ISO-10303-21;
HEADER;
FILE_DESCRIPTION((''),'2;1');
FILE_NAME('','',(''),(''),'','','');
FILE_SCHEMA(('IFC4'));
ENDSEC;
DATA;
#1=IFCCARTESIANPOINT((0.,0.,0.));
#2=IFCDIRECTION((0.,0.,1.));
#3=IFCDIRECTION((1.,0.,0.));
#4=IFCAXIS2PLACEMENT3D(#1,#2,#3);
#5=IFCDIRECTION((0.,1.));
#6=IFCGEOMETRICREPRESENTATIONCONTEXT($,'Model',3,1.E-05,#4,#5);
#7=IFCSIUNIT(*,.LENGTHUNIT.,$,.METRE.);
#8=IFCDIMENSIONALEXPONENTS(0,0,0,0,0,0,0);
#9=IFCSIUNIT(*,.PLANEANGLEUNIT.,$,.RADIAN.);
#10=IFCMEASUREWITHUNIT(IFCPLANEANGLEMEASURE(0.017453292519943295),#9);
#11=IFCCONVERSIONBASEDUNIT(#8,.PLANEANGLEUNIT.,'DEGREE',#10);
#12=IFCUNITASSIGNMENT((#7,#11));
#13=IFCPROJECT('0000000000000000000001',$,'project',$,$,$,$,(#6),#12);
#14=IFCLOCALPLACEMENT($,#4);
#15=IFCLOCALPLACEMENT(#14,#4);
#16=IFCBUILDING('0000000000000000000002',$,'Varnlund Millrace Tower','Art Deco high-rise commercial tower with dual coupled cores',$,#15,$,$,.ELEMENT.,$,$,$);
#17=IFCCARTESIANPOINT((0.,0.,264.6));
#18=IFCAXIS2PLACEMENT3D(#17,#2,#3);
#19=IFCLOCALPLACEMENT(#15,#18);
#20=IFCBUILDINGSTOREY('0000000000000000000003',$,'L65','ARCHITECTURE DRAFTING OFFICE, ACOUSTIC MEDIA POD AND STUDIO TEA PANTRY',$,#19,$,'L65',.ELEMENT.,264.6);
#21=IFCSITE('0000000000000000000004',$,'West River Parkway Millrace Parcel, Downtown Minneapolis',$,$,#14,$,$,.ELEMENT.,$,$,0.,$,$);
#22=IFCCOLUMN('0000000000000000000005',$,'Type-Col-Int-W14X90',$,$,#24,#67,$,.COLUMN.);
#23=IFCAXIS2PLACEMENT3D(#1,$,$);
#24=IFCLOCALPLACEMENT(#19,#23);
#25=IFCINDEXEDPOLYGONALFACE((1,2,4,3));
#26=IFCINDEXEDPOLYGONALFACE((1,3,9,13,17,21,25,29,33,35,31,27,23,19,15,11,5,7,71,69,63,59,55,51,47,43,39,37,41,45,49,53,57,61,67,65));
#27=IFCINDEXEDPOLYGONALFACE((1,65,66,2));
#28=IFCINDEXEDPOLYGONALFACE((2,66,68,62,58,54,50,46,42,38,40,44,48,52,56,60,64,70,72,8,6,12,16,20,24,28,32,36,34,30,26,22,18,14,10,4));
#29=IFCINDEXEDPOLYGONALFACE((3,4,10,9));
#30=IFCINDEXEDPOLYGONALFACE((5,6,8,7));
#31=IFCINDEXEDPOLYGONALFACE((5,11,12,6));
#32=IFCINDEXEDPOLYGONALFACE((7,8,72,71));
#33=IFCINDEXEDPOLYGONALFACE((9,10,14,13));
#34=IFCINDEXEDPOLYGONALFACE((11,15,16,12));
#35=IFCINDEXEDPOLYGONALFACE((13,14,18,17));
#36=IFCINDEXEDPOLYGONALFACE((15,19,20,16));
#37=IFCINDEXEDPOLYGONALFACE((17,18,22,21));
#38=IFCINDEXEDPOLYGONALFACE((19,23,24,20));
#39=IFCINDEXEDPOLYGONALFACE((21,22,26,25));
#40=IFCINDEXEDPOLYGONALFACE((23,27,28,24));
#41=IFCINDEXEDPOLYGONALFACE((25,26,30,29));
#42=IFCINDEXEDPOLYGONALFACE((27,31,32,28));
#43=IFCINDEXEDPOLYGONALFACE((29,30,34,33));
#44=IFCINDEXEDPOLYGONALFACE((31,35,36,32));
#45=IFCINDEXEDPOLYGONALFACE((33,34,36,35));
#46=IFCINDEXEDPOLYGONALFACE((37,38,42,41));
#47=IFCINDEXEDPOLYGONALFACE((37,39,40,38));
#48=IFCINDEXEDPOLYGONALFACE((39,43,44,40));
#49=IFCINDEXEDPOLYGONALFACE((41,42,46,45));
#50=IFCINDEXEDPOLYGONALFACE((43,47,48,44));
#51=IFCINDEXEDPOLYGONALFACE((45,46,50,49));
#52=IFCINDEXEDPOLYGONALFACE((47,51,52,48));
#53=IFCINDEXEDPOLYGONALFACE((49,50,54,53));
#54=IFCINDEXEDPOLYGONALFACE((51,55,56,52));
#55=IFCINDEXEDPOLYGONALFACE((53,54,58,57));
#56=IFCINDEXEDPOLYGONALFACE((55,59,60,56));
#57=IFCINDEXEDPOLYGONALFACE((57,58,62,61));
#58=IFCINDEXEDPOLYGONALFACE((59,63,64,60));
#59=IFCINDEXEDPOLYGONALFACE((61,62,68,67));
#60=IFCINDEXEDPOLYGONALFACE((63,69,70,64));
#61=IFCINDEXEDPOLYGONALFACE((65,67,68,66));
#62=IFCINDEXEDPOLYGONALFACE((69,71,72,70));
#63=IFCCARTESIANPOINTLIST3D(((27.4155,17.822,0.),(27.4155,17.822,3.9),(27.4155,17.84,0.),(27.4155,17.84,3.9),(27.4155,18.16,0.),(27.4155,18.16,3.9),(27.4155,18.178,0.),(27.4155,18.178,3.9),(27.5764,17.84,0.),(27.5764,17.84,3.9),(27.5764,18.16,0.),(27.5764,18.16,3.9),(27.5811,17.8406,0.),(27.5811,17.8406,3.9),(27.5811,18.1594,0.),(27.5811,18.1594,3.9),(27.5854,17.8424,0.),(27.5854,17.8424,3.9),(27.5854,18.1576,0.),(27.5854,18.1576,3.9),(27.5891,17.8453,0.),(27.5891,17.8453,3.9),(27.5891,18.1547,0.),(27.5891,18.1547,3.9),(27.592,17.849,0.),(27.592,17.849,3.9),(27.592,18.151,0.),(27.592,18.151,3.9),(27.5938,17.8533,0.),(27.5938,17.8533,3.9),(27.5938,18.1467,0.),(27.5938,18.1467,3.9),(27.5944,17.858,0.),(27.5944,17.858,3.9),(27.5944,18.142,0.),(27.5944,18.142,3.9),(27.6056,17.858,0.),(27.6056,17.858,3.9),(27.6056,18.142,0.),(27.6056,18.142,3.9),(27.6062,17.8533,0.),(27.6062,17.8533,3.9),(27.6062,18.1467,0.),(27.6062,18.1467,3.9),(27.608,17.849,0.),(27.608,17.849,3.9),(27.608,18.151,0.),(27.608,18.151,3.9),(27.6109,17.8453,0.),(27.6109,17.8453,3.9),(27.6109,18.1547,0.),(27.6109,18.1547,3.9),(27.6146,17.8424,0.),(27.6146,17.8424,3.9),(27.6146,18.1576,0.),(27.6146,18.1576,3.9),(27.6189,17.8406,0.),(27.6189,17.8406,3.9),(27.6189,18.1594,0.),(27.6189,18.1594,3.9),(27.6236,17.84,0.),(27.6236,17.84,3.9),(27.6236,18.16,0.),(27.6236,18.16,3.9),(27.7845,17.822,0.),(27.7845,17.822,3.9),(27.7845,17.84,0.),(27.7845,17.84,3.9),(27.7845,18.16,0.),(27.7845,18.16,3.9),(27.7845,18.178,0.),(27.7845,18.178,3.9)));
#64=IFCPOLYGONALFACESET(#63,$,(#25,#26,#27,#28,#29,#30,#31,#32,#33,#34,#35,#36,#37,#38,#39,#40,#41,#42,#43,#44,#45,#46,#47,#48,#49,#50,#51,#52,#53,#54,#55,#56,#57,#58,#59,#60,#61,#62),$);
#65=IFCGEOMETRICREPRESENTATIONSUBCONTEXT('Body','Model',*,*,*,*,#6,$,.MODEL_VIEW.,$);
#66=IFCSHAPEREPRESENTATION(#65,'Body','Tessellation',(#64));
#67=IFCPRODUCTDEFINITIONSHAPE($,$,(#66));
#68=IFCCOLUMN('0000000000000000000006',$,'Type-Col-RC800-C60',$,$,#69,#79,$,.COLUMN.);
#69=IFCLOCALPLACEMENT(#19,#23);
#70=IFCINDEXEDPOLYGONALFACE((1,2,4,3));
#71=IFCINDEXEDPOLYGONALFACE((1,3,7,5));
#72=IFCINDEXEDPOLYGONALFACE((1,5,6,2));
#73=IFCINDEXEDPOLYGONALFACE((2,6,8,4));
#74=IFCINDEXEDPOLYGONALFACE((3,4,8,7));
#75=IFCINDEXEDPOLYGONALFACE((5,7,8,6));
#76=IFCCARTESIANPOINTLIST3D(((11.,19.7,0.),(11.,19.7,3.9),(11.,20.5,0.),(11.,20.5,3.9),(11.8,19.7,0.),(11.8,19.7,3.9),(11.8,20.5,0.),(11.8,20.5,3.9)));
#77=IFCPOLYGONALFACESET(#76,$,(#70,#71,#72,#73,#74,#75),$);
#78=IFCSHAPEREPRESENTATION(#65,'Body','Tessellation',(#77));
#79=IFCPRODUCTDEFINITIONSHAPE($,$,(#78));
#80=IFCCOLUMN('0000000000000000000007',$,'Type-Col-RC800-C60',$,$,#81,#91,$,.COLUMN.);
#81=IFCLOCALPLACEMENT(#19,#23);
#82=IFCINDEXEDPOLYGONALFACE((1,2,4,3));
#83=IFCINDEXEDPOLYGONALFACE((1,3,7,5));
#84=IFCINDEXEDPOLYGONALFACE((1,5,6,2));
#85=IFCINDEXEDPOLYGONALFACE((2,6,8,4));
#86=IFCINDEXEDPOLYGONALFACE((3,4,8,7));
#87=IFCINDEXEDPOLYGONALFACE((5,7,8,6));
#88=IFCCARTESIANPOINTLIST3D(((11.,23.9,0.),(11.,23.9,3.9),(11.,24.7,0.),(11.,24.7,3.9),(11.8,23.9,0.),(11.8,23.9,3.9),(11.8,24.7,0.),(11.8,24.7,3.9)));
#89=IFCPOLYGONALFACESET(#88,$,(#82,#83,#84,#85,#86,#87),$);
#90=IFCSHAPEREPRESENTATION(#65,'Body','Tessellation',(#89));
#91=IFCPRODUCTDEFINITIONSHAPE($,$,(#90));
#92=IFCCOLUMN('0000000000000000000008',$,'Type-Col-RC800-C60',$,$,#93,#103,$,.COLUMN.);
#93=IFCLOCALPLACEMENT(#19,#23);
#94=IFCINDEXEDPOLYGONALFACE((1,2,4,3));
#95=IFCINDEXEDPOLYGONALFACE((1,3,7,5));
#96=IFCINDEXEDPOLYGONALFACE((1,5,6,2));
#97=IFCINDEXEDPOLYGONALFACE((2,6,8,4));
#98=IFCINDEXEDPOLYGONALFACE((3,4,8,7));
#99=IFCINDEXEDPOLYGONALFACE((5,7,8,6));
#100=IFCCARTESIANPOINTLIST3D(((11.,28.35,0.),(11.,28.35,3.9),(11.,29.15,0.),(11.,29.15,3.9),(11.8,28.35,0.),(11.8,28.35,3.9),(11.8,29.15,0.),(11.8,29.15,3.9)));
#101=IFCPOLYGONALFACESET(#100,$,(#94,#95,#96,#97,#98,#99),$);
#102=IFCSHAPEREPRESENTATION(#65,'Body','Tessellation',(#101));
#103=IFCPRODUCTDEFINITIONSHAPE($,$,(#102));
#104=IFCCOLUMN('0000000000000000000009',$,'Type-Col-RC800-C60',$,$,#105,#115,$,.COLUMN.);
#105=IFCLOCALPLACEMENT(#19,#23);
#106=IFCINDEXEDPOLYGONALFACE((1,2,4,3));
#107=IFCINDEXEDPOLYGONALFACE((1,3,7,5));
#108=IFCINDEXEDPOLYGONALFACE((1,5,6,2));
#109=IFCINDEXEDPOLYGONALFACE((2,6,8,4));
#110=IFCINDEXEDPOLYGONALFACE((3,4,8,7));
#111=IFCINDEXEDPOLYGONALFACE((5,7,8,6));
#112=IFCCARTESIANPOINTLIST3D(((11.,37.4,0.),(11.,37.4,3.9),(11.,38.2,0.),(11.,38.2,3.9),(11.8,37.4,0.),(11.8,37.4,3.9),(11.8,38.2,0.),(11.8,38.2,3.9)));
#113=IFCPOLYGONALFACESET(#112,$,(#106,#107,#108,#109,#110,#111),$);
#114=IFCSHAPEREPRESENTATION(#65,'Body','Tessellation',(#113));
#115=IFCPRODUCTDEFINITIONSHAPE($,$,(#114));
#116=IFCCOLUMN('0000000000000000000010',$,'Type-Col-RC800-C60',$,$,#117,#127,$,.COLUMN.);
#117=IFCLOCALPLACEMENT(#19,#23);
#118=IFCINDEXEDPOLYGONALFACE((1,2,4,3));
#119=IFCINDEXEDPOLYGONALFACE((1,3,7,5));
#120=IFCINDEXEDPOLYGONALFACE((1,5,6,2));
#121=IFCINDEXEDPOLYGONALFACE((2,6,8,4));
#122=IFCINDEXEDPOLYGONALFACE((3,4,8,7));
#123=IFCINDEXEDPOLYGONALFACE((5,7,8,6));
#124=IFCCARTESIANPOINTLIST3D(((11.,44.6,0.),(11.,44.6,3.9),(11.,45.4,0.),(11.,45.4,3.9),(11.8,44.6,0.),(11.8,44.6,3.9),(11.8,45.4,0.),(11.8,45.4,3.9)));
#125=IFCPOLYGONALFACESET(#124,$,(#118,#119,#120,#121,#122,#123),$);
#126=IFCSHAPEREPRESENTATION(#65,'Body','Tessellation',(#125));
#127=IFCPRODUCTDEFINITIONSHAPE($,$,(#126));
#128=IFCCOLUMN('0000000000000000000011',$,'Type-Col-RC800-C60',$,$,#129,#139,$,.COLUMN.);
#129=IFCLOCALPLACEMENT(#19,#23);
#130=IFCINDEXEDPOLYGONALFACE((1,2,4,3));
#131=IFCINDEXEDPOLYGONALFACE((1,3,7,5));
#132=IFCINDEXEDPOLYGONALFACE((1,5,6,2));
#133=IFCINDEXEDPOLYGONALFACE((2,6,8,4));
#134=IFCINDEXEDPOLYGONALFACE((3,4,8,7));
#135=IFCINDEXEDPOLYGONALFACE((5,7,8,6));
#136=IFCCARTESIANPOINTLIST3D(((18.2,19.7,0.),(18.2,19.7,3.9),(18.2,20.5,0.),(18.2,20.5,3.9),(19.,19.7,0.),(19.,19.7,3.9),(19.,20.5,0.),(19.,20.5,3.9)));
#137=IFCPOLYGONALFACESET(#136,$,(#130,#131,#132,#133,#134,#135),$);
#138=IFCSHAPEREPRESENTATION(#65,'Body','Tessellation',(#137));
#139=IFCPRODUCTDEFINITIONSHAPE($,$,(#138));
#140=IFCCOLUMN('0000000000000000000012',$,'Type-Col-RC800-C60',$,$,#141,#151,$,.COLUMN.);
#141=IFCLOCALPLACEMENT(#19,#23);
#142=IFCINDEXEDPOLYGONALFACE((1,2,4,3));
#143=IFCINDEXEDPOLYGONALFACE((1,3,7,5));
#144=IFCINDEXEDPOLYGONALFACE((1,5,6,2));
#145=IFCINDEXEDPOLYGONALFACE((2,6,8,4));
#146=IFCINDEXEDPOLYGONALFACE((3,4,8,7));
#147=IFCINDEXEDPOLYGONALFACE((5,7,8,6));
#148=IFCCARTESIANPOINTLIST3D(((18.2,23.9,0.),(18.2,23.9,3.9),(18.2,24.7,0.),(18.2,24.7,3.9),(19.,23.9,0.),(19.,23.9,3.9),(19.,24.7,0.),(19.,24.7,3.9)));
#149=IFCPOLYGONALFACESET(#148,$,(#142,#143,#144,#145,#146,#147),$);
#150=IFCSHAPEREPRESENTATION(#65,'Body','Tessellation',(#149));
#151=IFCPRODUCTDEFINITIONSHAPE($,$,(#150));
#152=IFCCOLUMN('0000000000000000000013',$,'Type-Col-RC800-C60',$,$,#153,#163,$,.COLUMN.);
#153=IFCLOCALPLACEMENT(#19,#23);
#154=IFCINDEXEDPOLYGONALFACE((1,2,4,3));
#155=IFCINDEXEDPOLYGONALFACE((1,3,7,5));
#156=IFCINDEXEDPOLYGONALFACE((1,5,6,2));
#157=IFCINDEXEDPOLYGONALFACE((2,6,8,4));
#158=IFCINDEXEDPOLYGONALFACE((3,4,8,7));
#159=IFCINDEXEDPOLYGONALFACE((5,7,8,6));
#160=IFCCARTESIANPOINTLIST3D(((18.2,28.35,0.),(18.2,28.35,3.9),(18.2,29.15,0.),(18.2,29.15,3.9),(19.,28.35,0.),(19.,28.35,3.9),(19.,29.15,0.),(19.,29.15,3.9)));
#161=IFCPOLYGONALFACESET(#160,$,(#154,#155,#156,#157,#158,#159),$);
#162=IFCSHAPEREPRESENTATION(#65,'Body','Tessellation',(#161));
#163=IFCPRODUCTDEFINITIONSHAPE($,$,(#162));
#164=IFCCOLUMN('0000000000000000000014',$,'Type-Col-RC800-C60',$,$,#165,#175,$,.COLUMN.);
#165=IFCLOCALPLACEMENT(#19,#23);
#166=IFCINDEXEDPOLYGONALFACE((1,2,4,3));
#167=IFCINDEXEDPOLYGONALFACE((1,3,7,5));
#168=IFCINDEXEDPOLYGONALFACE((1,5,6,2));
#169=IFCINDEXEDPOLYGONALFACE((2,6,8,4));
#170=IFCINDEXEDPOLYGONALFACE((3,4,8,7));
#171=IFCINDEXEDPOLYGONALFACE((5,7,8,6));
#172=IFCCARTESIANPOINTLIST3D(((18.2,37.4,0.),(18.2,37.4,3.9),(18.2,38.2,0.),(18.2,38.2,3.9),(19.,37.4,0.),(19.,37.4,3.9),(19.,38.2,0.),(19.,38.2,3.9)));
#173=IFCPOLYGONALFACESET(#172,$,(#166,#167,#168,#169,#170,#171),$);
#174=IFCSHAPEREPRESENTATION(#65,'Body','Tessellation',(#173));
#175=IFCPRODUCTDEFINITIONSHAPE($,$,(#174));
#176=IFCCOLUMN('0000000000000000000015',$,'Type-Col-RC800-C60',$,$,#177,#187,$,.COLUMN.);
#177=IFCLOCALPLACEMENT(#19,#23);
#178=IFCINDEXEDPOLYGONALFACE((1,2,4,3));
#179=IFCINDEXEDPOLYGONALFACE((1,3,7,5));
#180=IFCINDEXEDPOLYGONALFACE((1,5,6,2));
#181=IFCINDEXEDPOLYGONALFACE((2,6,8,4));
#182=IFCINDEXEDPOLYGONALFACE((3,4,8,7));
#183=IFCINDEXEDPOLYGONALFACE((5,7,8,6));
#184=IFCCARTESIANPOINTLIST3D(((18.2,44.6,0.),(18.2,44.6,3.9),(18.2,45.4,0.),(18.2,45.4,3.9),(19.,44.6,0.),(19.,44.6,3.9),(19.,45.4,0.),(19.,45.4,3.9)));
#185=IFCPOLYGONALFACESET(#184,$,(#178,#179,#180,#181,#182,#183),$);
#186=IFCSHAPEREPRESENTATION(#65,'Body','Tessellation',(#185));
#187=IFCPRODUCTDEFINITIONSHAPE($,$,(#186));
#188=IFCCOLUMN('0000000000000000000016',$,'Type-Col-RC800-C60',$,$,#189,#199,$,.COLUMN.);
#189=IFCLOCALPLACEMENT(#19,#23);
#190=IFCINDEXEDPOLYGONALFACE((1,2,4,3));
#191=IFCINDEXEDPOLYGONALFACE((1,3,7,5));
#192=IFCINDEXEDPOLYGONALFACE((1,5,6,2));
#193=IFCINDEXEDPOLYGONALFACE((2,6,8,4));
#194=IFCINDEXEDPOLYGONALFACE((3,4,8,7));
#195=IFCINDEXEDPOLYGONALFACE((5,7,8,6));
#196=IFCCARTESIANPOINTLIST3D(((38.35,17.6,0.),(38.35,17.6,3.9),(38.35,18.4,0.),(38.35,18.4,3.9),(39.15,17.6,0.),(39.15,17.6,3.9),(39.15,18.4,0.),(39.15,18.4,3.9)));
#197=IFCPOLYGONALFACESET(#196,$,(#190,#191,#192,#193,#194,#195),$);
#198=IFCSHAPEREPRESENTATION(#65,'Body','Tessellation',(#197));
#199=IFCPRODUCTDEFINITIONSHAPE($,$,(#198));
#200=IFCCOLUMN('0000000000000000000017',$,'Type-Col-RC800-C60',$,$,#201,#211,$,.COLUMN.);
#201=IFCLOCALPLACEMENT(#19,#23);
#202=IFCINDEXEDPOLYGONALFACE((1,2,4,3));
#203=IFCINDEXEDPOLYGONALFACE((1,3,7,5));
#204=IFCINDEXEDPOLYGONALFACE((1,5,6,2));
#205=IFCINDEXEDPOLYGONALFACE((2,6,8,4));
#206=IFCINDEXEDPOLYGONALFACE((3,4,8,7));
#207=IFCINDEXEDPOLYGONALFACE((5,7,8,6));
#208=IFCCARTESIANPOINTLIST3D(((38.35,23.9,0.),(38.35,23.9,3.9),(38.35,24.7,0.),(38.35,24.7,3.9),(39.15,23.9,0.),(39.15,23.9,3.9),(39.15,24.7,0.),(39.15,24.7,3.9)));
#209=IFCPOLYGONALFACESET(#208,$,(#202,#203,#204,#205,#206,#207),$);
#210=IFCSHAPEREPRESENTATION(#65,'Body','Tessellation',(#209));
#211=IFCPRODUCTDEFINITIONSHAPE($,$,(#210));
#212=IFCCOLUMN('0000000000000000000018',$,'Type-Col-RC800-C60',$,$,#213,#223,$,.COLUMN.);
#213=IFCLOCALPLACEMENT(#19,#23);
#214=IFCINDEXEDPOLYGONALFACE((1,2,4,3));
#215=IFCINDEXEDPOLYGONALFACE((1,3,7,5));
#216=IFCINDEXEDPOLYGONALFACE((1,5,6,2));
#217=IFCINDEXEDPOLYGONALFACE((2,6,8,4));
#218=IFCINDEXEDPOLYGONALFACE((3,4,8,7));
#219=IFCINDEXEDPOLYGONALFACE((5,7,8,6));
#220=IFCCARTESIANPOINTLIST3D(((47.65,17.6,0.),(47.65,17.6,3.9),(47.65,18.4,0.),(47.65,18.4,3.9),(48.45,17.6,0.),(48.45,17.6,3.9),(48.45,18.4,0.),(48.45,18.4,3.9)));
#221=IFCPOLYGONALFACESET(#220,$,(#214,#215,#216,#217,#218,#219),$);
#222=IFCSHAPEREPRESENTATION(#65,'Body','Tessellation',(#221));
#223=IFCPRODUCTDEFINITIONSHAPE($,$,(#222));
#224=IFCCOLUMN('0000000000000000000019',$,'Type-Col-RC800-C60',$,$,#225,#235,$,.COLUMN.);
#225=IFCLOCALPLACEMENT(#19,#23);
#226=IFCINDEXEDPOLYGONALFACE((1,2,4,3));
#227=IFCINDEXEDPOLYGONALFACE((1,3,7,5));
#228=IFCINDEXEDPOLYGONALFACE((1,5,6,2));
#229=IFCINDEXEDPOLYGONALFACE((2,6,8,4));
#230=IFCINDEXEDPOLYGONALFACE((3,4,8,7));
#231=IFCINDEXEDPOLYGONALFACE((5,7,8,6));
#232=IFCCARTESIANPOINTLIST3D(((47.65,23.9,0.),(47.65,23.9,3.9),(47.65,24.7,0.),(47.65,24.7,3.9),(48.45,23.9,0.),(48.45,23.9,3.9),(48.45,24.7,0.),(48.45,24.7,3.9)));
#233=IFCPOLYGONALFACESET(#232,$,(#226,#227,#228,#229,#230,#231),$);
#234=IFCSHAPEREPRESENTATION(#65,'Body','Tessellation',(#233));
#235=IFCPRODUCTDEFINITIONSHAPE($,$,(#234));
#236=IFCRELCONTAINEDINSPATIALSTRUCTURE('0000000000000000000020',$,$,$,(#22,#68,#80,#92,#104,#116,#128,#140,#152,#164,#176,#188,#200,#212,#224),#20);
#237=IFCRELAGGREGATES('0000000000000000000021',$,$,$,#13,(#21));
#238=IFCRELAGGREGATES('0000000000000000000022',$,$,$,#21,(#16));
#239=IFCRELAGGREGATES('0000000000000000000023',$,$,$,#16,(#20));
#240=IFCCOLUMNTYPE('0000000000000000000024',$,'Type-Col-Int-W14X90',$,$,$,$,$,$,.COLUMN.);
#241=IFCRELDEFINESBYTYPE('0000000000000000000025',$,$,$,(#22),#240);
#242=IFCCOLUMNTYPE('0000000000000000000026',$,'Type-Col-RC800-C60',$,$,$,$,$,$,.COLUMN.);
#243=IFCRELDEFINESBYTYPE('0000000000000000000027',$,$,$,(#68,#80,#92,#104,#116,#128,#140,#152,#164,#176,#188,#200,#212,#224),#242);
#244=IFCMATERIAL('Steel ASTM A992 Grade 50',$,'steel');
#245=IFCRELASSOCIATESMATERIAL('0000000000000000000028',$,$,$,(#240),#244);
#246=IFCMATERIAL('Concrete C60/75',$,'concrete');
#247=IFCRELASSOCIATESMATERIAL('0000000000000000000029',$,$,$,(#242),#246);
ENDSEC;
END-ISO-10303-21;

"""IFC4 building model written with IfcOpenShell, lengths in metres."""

from ifc_helpers import new_model, entity, si_unit, converted_unit, direction, frame, origin_with_axes, origin_2d_with_axis, place, context, subcontext, project, spatial, rectangle, i_section, extrude, material, material_profile, profile_set, type_object, element, save


model = new_model("IFC4")

# Units and contexts
model_context = context("Model", 3, precision=1e-05, world=origin_with_axes(), true_north=direction((0.0, 1.0)))
body_context = subcontext(model_context, "Body", "Model", "MODEL_VIEW")
ifc_project = project(units=[si_unit("LENGTHUNIT", "METRE"), converted_unit("PLANEANGLEUNIT", "DEGREE", entity("IfcPlaneAngleMeasure", 0.017453292519943295), si_unit("PLANEANGLEUNIT", "RADIAN"), dimensions=[0, 0, 0, 0, 0, 0, 0])], contexts=[model_context])

# Site, building, storey
site_placement = place(None, origin_with_axes())
site = spatial("IfcSite", under=ifc_project, at=site_placement, Name="West River Parkway Millrace Parcel, Downtown Minneapolis", CompositionType="ELEMENT", RefElevation=0.0)
building_placement = place(site_placement, origin_with_axes())
building = spatial("IfcBuilding", under=site, at=building_placement, Name="Varnlund Millrace Tower", Description="Art Deco high-rise commercial tower with dual coupled cores", CompositionType="ELEMENT")
storey_placement = place(building_placement, frame((0.0, 0.0, 264.6), z_axis=(0.0, 0.0, 1.0), x_axis=(1.0, 0.0, 0.0)))
storey = spatial("IfcBuildingStorey", under=building, at=storey_placement, Name="L65", Description="ARCHITECTURE DRAFTING OFFICE, ACOUSTIC MEDIA POD AND STUDIO TEA PANTRY", LongName="L65", CompositionType="ELEMENT", Elevation=264.6)

# Columns
ifc_material_1 = material(Name="Steel ASTM A992 Grade 50", Category="steel")
ifc_material_profile_1 = material_profile(ifc_material_1, i_section(OverallWidth=0.369, OverallDepth=0.356, WebThickness=0.0112, FlangeThickness=0.018, FilletRadius=0.018, at=origin_2d_with_axis()), Name="Steel ASTM A992 Grade 50")
ifc_profile_set_1 = profile_set([ifc_material_profile_1], Name="Steel ASTM A992 Grade 50")
column_type_1 = type_object("IfcColumnType", Name="Type-Col-Int-W14X90", PredefinedType="COLUMN", material=ifc_profile_set_1)
column_placement = place(storey_placement, frame((27.6, 18.0, 0.0), z_axis=(0.0, 0.0, 1.0), x_axis=(1.0, 0.0, 0.0)))
element("IfcColumn", 1, at=column_placement, inside=storey, type_object=column_type_1, Name="Type-Col-Int-W14X90", PredefinedType="COLUMN", context=body_context, shape_type="SweptSolid", body=[
    extrude(i_section(OverallWidth=0.369, OverallDepth=0.356, WebThickness=0.0112, FlangeThickness=0.018, FilletRadius=0.018, at=origin_2d_with_axis()), origin_with_axes(), (0.0, 0.0, 1.0), 3.9),
])
ifc_material_2 = material(Name="Concrete C60/75", Category="concrete")
ifc_material_profile_2 = material_profile(ifc_material_2, rectangle(XDim=0.8, YDim=0.8, at=origin_2d_with_axis()), Name="Concrete C60/75")
ifc_profile_set_2 = profile_set([ifc_material_profile_2], Name="Concrete C60/75")
column_type_2 = type_object("IfcColumnType", Name="Type-Col-RC800-C60", PredefinedType="COLUMN", material=ifc_profile_set_2)
for number, where, z_axis, x_axis, name in (
    (2, (11.4, 20.1, 0.0), (0.0, 0.0, 1.0), (1.0, 0.0, 0.0), "Type-Col-RC800-C60"),
    (3, (11.4, 24.3, 0.0), (0.0, 0.0, 1.0), (1.0, 0.0, 0.0), "Type-Col-RC800-C60"),
    (4, (11.4, 28.75, 0.0), (0.0, 0.0, 1.0), (1.0, 0.0, 0.0), "Type-Col-RC800-C60"),
    (5, (11.4, 37.8, 0.0), (0.0, 0.0, 1.0), (1.0, 0.0, 0.0), "Type-Col-RC800-C60"),
    (6, (11.4, 45.0, 0.0), (0.0, 0.0, 1.0), (1.0, 0.0, 0.0), "Type-Col-RC800-C60"),
    (7, (18.6, 20.1, 0.0), (0.0, 0.0, 1.0), (1.0, 0.0, 0.0), "Type-Col-RC800-C60"),
    (8, (18.6, 24.3, 0.0), (0.0, 0.0, 1.0), (1.0, 0.0, 0.0), "Type-Col-RC800-C60"),
    (9, (18.6, 28.75, 0.0), (0.0, 0.0, 1.0), (1.0, 0.0, 0.0), "Type-Col-RC800-C60"),
    (10, (18.6, 37.8, 0.0), (0.0, 0.0, 1.0), (1.0, 0.0, 0.0), "Type-Col-RC800-C60"),
    (11, (18.6, 45.0, 0.0), (0.0, 0.0, 1.0), (1.0, 0.0, 0.0), "Type-Col-RC800-C60"),
    (12, (38.75, 18.0, 0.0), (0.0, 0.0, 1.0), (1.0, 0.0, 0.0), "Type-Col-RC800-C60"),
    (13, (38.75, 24.3, 0.0), (0.0, 0.0, 1.0), (1.0, 0.0, 0.0), "Type-Col-RC800-C60"),
    (14, (48.05, 18.0, 0.0), (0.0, 0.0, 1.0), (1.0, 0.0, 0.0), "Type-Col-RC800-C60"),
    (15, (48.05, 24.3, 0.0), (0.0, 0.0, 1.0), (1.0, 0.0, 0.0), "Type-Col-RC800-C60"),
):
    element("IfcColumn", number, at=place(storey_placement, frame(where, z_axis=z_axis, x_axis=x_axis)), inside=storey, type_object=column_type_2, Name=name, PredefinedType="COLUMN", context=body_context, shape_type="SweptSolid", body=[
        extrude(rectangle(XDim=0.8, YDim=0.8, at=origin_2d_with_axis()), origin_with_axes(), (0.0, 0.0, 1.0), 3.9),
    ])

save(model, "model.ifc")
